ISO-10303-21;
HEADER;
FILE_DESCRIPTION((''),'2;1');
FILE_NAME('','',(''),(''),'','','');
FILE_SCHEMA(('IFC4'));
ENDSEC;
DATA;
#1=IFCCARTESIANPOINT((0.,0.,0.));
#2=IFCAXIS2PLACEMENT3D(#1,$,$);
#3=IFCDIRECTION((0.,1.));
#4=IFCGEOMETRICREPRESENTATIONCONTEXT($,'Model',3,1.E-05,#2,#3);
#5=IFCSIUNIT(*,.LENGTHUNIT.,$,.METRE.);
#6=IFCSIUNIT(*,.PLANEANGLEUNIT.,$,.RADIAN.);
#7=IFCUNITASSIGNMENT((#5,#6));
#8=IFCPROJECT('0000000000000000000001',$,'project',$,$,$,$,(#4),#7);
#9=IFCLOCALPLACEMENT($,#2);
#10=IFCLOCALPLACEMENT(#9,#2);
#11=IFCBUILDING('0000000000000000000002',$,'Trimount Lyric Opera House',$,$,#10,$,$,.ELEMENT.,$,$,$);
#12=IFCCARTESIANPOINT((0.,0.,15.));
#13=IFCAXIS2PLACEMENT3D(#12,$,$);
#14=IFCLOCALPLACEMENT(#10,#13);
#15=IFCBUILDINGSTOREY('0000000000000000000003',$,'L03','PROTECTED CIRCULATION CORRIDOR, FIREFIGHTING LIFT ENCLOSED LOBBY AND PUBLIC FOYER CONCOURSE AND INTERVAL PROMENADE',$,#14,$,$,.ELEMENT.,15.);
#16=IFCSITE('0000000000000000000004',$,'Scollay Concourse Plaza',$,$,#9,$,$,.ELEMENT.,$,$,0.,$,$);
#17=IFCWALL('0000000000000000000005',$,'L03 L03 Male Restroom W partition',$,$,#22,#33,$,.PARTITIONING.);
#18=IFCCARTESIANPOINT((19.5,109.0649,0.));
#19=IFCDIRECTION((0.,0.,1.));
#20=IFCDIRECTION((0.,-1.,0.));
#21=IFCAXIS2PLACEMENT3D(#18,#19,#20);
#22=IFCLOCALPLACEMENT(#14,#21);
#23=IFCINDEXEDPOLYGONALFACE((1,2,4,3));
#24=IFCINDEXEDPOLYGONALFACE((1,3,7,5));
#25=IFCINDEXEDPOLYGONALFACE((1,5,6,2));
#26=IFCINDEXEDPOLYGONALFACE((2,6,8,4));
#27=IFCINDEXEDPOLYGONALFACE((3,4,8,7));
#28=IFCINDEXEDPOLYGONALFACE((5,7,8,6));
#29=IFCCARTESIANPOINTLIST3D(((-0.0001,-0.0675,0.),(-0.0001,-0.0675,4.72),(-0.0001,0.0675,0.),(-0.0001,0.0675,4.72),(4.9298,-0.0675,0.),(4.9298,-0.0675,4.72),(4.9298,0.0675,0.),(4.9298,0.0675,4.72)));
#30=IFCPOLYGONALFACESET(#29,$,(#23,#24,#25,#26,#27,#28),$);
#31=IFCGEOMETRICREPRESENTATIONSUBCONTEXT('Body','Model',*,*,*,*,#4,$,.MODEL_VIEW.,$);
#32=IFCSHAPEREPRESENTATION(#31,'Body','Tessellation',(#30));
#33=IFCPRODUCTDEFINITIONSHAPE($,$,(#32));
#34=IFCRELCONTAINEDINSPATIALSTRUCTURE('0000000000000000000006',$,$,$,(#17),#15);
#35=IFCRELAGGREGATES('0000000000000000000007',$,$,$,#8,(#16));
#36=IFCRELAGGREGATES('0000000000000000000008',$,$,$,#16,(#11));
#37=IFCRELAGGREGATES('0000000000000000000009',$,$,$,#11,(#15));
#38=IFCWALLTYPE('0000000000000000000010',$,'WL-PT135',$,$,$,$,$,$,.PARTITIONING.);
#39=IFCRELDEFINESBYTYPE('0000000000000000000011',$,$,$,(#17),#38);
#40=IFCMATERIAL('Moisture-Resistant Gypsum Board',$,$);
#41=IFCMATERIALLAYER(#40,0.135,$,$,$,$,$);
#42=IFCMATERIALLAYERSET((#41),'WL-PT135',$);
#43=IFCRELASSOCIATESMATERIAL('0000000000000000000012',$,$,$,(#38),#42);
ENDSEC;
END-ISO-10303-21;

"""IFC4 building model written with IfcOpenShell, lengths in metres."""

from ifc_helpers import new_model, si_unit, direction, frame, frame_2d, origin, place, context, subcontext, project, spatial, rectangle, extrude, material, layer, layer_set, type_object, element, save


model = new_model("IFC4")

# Units and contexts
model_context = context("Model", 3, precision=1e-05, world=origin(), true_north=direction((0.0, 1.0)))
body_context = subcontext(model_context, "Body", "Model", "MODEL_VIEW")
ifc_project = project(units=[si_unit("LENGTHUNIT", "METRE"), si_unit("PLANEANGLEUNIT", "RADIAN")], contexts=[model_context])

# Site, building, storey
site_placement = place(None, origin())
site = spatial("IfcSite", under=ifc_project, at=site_placement, Name="Scollay Concourse Plaza", CompositionType="ELEMENT", RefElevation=0.0)
building_placement = place(site_placement, origin())
building = spatial("IfcBuilding", under=site, at=building_placement, Name="Trimount Lyric Opera House", CompositionType="ELEMENT")
storey_placement = place(building_placement, frame((0.0, 0.0, 15.0)))
storey = spatial("IfcBuildingStorey", under=building, at=storey_placement, Name="L03", Description="PROTECTED CIRCULATION CORRIDOR, FIREFIGHTING LIFT ENCLOSED LOBBY AND PUBLIC FOYER CONCOURSE AND INTERVAL PROMENADE", CompositionType="ELEMENT", Elevation=15.0)

# Shared definitions
ifc_material_1 = material(Name="Moisture-Resistant Gypsum Board")
ifc_layer_1 = layer(ifc_material_1, 0.135)
ifc_layer_set_1 = layer_set([ifc_layer_1], Name="WL-PT135")
wall_type = type_object("IfcWallType", Name="WL-PT135", PredefinedType="PARTITIONING", material=ifc_layer_set_1)

# Wall
wall_1_placement = place(storey_placement, frame((19.5, 109.0649, 0.0), z_axis=(0.0, 0.0, 1.0), x_axis=(0.0, -1.0, 0.0)))
element("IfcWall", 1, at=wall_1_placement, inside=storey, type_object=wall_type, Name="L03 L03 Male Restroom W partition", PredefinedType="PARTITIONING", context=body_context, shape_type="SweptSolid", body=[
    extrude(rectangle(XDim=4.9299, YDim=0.135, at=frame_2d((2.4648, 0.0))), origin(), (0.0, 0.0, 1.0), 4.72),
])

save(model, "model.ifc")
